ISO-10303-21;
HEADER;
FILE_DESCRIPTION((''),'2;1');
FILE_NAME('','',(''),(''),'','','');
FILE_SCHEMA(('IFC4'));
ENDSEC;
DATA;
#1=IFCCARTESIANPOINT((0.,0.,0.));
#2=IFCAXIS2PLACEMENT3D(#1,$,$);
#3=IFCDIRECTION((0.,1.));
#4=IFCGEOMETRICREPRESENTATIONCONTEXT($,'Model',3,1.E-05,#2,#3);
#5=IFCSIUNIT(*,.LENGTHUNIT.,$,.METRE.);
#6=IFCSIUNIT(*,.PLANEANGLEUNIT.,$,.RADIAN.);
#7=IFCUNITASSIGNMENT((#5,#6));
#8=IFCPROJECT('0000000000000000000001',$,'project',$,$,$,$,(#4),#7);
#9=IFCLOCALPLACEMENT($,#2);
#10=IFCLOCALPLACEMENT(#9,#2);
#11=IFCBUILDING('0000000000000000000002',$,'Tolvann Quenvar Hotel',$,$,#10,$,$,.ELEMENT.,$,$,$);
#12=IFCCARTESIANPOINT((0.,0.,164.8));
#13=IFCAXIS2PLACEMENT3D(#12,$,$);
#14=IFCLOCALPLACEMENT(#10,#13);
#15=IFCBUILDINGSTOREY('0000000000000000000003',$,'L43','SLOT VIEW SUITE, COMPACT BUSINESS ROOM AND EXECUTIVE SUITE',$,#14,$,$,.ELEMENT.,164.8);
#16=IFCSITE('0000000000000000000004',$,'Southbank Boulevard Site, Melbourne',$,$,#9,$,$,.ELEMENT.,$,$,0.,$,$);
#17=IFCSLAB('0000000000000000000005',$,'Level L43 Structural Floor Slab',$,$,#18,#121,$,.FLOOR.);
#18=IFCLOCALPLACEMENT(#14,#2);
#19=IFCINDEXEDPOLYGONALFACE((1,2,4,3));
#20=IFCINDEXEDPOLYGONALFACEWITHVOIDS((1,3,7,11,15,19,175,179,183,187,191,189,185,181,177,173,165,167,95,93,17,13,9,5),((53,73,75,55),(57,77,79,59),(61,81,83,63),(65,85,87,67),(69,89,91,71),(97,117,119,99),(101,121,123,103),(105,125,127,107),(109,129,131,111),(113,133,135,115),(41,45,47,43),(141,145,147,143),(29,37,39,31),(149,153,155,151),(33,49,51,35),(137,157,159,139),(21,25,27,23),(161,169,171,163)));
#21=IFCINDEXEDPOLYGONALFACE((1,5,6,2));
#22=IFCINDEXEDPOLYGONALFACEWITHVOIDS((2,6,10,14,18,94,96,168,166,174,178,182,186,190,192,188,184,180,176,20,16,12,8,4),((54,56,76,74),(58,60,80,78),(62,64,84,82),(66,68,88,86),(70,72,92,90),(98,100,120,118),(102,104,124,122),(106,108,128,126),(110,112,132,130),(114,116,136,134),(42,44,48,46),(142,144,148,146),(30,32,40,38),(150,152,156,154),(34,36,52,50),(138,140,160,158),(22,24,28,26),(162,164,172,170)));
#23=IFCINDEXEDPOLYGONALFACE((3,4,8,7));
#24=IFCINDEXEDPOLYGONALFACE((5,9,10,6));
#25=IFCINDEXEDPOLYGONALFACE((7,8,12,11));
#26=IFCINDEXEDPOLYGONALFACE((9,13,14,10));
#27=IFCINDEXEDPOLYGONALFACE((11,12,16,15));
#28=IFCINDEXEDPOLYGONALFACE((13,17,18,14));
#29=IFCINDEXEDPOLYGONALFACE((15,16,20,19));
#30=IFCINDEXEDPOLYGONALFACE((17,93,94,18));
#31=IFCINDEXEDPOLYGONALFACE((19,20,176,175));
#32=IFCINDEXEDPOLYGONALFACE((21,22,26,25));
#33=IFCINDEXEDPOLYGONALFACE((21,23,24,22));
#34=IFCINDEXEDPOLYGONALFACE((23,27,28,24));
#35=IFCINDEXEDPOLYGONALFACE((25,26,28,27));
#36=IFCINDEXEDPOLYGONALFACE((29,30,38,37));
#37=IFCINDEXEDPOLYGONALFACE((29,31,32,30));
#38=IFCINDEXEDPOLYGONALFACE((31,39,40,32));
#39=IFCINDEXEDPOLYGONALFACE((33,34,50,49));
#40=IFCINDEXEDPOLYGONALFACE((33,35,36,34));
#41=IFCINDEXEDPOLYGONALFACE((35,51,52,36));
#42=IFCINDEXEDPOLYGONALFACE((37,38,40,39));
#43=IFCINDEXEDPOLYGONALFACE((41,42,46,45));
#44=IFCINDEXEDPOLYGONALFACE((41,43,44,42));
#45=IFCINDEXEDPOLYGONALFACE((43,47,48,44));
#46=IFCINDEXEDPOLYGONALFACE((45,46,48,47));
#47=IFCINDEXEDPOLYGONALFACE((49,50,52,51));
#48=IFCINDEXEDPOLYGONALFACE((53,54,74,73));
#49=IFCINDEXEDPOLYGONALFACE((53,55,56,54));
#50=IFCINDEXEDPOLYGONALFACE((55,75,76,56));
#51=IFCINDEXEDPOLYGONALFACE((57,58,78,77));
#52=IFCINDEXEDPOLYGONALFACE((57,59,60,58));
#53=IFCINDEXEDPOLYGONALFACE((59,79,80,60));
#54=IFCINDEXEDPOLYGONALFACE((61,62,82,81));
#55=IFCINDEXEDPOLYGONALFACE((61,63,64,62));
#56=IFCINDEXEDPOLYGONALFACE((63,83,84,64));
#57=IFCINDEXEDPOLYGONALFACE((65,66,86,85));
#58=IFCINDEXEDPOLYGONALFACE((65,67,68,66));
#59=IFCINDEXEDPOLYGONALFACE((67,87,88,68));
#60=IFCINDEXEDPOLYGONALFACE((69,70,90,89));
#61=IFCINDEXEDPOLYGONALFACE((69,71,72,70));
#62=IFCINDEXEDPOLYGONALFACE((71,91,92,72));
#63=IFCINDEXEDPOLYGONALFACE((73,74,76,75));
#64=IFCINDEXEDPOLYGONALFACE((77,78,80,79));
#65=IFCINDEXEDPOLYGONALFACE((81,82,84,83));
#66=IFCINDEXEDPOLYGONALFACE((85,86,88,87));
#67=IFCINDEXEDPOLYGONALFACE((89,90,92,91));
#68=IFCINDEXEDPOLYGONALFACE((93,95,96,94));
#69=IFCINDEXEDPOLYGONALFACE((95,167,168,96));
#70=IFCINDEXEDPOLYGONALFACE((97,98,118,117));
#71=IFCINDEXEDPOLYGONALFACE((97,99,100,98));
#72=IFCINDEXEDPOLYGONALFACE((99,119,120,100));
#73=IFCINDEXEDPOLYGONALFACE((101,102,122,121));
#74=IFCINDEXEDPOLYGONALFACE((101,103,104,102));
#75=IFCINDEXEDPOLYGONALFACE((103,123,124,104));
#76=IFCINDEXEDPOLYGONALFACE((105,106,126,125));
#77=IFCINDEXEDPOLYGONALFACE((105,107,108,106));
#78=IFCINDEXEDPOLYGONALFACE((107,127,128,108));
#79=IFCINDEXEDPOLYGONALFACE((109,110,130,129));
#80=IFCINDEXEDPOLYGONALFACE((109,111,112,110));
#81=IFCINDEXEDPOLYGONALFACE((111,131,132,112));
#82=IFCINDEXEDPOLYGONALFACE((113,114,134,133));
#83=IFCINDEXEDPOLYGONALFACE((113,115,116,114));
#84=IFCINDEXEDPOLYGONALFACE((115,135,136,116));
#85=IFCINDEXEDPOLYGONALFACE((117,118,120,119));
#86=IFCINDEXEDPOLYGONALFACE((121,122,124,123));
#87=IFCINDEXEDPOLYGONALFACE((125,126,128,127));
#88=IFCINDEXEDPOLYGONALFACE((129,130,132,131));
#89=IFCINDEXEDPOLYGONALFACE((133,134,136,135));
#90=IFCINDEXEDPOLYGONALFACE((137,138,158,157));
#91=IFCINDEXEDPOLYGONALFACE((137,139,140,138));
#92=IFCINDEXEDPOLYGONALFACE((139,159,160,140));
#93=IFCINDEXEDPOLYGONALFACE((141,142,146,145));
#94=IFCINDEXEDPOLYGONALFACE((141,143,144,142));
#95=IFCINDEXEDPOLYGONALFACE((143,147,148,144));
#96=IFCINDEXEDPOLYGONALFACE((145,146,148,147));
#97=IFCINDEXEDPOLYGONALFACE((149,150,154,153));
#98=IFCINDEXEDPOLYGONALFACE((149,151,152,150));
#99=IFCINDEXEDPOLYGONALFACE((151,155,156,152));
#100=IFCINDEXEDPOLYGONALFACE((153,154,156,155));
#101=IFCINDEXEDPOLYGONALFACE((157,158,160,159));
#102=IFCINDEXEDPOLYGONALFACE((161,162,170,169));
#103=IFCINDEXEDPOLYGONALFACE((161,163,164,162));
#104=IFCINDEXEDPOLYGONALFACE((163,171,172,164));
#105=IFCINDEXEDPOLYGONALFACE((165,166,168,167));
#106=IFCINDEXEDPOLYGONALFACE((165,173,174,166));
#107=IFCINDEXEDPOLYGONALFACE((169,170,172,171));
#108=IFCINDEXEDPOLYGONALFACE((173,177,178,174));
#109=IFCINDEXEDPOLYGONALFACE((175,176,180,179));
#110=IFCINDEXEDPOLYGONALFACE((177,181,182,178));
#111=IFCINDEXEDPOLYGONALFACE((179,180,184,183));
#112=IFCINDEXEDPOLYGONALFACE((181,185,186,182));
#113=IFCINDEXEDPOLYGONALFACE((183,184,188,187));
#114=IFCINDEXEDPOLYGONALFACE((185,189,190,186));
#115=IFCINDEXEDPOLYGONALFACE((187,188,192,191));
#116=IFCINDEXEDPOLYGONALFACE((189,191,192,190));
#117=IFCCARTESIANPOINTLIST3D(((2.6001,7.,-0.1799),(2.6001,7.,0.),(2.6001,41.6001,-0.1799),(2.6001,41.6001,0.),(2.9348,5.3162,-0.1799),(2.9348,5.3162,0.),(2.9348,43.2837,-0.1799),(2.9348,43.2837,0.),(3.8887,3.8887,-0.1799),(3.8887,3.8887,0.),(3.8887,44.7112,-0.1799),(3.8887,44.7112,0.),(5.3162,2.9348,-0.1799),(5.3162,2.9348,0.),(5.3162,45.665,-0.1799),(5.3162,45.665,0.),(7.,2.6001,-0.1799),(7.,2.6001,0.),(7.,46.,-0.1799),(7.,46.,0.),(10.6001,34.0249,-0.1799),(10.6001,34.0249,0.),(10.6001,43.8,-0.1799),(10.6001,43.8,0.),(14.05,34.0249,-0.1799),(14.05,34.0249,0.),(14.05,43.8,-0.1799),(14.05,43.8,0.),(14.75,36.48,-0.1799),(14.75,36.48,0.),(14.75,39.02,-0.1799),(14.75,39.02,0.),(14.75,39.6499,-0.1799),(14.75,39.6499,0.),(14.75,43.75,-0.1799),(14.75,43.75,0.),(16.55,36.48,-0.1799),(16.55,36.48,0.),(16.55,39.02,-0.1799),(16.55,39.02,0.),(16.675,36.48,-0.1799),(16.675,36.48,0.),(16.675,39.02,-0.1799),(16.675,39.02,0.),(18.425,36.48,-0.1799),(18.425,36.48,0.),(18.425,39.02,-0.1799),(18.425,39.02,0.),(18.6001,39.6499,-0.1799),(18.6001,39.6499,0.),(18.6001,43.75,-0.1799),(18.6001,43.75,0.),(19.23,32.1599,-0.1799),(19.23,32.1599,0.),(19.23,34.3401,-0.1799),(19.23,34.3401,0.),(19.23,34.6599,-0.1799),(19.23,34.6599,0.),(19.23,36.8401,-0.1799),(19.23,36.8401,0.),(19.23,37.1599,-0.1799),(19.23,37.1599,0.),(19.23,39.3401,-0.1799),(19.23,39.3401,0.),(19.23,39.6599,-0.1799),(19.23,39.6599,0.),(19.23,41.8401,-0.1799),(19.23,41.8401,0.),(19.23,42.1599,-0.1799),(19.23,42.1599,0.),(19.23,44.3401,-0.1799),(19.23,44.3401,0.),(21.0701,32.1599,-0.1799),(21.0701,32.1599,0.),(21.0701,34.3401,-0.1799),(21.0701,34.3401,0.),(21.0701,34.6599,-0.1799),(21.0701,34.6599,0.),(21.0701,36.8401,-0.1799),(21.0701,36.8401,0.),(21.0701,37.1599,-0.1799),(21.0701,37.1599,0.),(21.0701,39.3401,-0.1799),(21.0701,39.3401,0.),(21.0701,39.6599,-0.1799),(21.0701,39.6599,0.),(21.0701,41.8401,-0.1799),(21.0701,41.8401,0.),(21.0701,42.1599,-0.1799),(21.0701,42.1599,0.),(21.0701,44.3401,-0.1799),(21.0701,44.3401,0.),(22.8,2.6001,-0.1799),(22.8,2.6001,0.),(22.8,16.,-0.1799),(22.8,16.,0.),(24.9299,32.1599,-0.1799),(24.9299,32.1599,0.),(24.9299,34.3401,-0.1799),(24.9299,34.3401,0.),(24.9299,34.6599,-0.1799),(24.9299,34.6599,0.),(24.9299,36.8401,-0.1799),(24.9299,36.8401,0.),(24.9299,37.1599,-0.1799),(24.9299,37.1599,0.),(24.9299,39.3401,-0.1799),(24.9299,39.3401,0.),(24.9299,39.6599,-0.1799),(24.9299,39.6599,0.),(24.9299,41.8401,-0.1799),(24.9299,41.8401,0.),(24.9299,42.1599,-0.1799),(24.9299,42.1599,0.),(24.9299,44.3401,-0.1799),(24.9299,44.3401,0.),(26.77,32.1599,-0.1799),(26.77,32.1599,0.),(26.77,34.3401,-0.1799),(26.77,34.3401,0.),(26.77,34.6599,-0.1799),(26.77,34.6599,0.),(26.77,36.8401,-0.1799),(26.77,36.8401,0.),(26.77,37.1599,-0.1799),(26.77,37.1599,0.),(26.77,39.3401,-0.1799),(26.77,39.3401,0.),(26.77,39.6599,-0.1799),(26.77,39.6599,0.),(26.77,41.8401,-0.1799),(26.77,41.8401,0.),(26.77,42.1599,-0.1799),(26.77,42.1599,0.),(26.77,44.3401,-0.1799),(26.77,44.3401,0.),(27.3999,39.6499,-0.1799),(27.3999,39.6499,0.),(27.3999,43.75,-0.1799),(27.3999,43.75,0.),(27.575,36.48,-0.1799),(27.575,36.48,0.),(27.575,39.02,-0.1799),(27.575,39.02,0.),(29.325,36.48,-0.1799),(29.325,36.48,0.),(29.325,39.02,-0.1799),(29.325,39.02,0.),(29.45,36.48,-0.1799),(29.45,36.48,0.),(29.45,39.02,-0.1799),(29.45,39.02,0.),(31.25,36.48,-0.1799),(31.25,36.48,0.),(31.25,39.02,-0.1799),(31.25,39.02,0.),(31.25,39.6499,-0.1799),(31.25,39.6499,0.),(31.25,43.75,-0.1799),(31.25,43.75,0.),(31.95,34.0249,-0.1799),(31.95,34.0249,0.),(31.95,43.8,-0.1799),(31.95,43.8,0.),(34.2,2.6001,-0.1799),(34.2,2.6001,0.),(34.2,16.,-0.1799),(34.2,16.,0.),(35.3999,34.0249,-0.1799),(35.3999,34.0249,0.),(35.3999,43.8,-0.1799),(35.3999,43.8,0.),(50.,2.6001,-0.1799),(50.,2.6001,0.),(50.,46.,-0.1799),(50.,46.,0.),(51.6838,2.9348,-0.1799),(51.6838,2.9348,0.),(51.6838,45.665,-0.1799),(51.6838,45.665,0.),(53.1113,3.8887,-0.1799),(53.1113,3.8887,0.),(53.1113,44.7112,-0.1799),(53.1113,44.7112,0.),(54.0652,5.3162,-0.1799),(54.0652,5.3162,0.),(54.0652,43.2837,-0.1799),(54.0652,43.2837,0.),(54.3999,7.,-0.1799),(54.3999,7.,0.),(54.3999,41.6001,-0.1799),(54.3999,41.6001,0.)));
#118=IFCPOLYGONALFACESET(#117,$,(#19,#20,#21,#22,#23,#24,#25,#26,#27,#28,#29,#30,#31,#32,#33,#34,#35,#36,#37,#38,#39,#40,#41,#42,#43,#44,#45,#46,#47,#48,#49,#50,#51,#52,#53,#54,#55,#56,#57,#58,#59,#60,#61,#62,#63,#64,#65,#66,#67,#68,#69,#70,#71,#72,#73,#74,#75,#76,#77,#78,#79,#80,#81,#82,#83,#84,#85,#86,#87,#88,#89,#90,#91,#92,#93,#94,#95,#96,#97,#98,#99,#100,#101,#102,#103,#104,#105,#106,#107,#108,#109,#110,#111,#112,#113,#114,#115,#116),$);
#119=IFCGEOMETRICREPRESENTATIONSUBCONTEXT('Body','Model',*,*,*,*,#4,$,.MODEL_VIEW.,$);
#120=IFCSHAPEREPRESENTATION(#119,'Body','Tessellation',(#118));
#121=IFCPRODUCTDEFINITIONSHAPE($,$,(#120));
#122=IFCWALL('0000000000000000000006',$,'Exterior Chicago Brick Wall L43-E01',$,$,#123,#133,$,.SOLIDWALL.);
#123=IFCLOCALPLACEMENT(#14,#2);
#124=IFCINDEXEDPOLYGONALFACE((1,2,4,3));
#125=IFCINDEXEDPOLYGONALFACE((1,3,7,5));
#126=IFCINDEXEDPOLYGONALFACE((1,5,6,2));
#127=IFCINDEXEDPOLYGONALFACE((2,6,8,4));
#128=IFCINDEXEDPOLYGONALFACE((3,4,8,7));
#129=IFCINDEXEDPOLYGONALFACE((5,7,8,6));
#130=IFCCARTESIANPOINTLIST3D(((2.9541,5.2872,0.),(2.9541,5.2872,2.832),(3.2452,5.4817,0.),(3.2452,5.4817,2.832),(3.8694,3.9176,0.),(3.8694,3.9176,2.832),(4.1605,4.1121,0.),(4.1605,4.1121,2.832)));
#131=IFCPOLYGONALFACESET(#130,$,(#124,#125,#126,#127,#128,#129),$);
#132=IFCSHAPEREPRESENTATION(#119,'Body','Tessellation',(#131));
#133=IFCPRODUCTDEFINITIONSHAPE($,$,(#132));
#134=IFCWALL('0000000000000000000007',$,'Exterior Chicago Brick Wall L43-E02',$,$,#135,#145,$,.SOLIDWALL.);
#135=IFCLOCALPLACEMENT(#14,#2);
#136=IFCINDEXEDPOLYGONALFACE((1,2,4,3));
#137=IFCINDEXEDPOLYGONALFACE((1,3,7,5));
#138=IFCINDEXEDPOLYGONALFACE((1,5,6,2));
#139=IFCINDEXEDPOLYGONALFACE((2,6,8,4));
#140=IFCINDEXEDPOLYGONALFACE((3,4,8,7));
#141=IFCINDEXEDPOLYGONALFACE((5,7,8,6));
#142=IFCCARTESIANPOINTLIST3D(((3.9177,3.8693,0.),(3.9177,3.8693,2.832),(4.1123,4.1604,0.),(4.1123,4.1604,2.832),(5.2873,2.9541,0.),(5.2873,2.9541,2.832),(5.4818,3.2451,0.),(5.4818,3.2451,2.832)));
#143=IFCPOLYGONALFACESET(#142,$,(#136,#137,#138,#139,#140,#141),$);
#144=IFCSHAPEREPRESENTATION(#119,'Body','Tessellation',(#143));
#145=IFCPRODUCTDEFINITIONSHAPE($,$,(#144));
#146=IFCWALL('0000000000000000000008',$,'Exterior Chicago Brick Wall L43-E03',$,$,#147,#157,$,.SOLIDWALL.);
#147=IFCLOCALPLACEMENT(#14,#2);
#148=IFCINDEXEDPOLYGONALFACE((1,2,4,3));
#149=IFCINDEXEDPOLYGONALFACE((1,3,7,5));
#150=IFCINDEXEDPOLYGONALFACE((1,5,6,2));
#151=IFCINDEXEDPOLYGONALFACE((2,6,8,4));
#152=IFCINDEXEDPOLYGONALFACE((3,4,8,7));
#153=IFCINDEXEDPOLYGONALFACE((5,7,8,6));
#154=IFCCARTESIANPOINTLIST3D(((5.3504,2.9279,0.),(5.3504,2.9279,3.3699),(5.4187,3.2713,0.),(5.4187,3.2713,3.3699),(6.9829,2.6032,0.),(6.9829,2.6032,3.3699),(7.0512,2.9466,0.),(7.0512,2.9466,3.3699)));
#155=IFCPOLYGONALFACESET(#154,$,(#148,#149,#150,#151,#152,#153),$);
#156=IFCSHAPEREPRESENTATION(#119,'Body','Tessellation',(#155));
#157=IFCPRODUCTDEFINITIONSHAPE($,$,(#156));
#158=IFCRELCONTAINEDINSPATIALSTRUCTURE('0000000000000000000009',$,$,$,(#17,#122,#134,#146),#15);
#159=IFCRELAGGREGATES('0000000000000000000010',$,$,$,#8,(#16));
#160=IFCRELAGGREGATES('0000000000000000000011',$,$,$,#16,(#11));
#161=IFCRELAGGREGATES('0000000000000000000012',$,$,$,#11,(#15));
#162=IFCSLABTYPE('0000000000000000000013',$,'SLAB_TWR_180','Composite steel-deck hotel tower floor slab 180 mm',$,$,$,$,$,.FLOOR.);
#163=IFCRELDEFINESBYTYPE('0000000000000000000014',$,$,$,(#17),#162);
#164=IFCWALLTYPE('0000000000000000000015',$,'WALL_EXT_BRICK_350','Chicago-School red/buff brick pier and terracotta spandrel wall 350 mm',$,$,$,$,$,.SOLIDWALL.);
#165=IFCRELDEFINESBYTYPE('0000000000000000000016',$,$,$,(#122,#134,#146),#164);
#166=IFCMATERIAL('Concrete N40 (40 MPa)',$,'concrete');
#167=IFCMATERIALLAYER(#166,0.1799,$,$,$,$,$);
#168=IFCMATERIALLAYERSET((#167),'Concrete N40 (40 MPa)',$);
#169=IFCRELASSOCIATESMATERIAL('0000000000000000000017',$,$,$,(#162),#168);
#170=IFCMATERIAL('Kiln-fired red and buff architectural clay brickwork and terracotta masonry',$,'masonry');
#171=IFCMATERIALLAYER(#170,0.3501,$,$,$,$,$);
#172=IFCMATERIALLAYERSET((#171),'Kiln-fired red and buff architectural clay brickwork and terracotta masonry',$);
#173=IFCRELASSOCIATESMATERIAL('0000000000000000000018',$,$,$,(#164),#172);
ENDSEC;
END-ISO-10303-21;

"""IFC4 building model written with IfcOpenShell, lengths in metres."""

from ifc_helpers import new_model, si_unit, direction, frame, frame_2d, origin, place, context, subcontext, project, spatial, polyline, rectangle, outline, extrude, material, layer, layer_set, type_object, element, save


model = new_model("IFC4")

# Units and contexts
model_context = context("Model", 3, precision=1e-05, world=origin(), true_north=direction((0.0, 1.0)))
body_context = subcontext(model_context, "Body", "Model", "MODEL_VIEW")
ifc_project = project(units=[si_unit("LENGTHUNIT", "METRE"), si_unit("PLANEANGLEUNIT", "RADIAN")], contexts=[model_context])

# Site, building, storey
site_placement = place(None, origin())
site = spatial("IfcSite", under=ifc_project, at=site_placement, Name="Southbank Boulevard Site, Melbourne", CompositionType="ELEMENT", RefElevation=0.0)
building_placement = place(site_placement, origin())
building = spatial("IfcBuilding", under=site, at=building_placement, Name="Tolvann Quenvar Hotel", CompositionType="ELEMENT")
storey_placement = place(building_placement, frame((0.0, 0.0, 164.8)))
storey = spatial("IfcBuildingStorey", under=building, at=storey_placement, Name="L43", Description="SLOT VIEW SUITE, COMPACT BUSINESS ROOM AND EXECUTIVE SUITE", CompositionType="ELEMENT", Elevation=164.8)

# Shared definitions
ifc_material_1 = material(Name="Concrete N40 (40 MPa)", Category="concrete")

# Slab
ifc_layer_1 = layer(ifc_material_1, 0.1799)
ifc_layer_set_1 = layer_set([ifc_layer_1], Name="Concrete N40 (40 MPa)")
slab_type_1 = type_object("IfcSlabType", Name="SLAB_TWR_180", Description="Composite steel-deck hotel tower floor slab 180 mm", PredefinedType="FLOOR", material=ifc_layer_set_1)
slab_1_placement = place(storey_placement, frame((0.0, 0.0, -0.1799)))
element("IfcSlab", 1, at=slab_1_placement, inside=storey, type_object=slab_type_1, Name="Level L43 Structural Floor Slab", PredefinedType="FLOOR", context=body_context, shape_type="SweptSolid", body=[
    extrude(outline(polyline([(2.6001, 7.0), (2.9348, 5.3162), (3.8887, 3.8887), (5.3162, 2.9348), (7.0, 2.6001), (22.8, 2.6001), (22.8, 16.0), (34.2, 16.0), (34.2, 2.6001), (50.0, 2.6001), (51.6838, 2.9348), (53.1113, 3.8887), (54.0652, 5.3162), (54.3999, 7.0), (54.3999, 41.6001), (54.0652, 43.2837), (53.1113, 44.7112), (51.6838, 45.665), (50.0, 46.0), (7.0, 46.0), (5.3162, 45.665), (3.8887, 44.7112), (2.9348, 43.2837), (2.6001, 41.6001), (2.6001, 7.0)]), holes=[polyline([(31.95, 34.0249), (31.95, 43.8), (35.3999, 43.8), (35.3999, 34.0249), (31.95, 34.0249)]), polyline([(29.45, 39.02), (31.25, 39.02), (31.25, 36.48), (29.45, 36.48), (29.45, 39.02)]), polyline([(31.25, 43.75), (31.25, 39.6499), (27.3999, 39.6499), (27.3999, 43.75), (31.25, 43.75)]), polyline([(27.575, 39.02), (29.325, 39.02), (29.325, 36.48), (27.575, 36.48), (27.575, 39.02)]), polyline([(26.77, 44.3401), (26.77, 42.1599), (24.9299, 42.1599), (24.9299, 44.3401), (26.77, 44.3401)]), polyline([(24.9299, 41.8401), (26.77, 41.8401), (26.77, 39.6599), (24.9299, 39.6599), (24.9299, 41.8401)]), polyline([(24.9299, 39.3401), (26.77, 39.3401), (26.77, 37.1599), (24.9299, 37.1599), (24.9299, 39.3401)]), polyline([(24.9299, 36.8401), (26.77, 36.8401), (26.77, 34.6599), (24.9299, 34.6599), (24.9299, 36.8401)]), polyline([(24.9299, 34.3401), (26.77, 34.3401), (26.77, 32.1599), (24.9299, 32.1599), (24.9299, 34.3401)]), polyline([(21.0701, 44.3401), (21.0701, 42.1599), (19.23, 42.1599), (19.23, 44.3401), (21.0701, 44.3401)]), polyline([(19.23, 41.8401), (21.0701, 41.8401), (21.0701, 39.6599), (19.23, 39.6599), (19.23, 41.8401)]), polyline([(19.23, 39.3401), (21.0701, 39.3401), (21.0701, 37.1599), (19.23, 37.1599), (19.23, 39.3401)]), polyline([(19.23, 36.8401), (21.0701, 36.8401), (21.0701, 34.6599), (19.23, 34.6599), (19.23, 36.8401)]), polyline([(19.23, 34.3401), (21.0701, 34.3401), (21.0701, 32.1599), (19.23, 32.1599), (19.23, 34.3401)]), polyline([(18.6001, 43.75), (18.6001, 39.6499), (14.75, 39.6499), (14.75, 43.75), (18.6001, 43.75)]), polyline([(16.675, 39.02), (18.425, 39.02), (18.425, 36.48), (16.675, 36.48), (16.675, 39.02)]), polyline([(14.75, 39.02), (16.55, 39.02), (16.55, 36.48), (14.75, 36.48), (14.75, 39.02)]), polyline([(10.6001, 34.0249), (10.6001, 43.8), (14.05, 43.8), (14.05, 34.0249), (10.6001, 34.0249)])]), origin(), (0.0, 0.0, 1.0), 0.1799),
])

# Walls
ifc_material_2 = material(Name="Kiln-fired red and buff architectural clay brickwork and terracotta masonry", Category="masonry")
ifc_layer_2 = layer(ifc_material_2, 0.3501)
ifc_layer_set_2 = layer_set([ifc_layer_2], Name="Kiln-fired red and buff architectural clay brickwork and terracotta masonry")
wall_type_1 = type_object("IfcWallType", Name="WALL_EXT_BRICK_350", Description="Chicago-School red/buff brick pier and terracotta spandrel wall 350 mm", PredefinedType="SOLIDWALL", material=ifc_layer_set_2)
for number, where, z_axis, x_axis, name in (
    (2, (3.0996, 5.3845, 0.0), (0.0, 0.0, 1.0), (0.555623, -0.831434, 0.0), "Exterior Chicago Brick Wall L43-E01"),
    (3, (4.0149, 4.0149, 0.0), (0.0, 0.0, 1.0), (0.831434, -0.555623, 0.0), "Exterior Chicago Brick Wall L43-E02"),
):
    element("IfcWall", number, at=place(storey_placement, frame(where, z_axis=z_axis, x_axis=x_axis)), inside=storey, type_object=wall_type_1, Name=name, PredefinedType="SOLIDWALL", context=body_context, shape_type="SweptSolid", body=[
        extrude(rectangle(XDim=1.6472, YDim=0.3501, at=frame_2d((0.8237, 0.0))), origin(), (0.0, 0.0, 1.0), 2.832),
    ])
wall_1_placement = place(storey_placement, frame((5.3845, 3.0996, 0.0), z_axis=(0.0, 0.0, 1.0), x_axis=(0.980789, -0.195072, 0.0)))
element("IfcWall", 4, at=wall_1_placement, inside=storey, type_object=wall_type_1, Name="Exterior Chicago Brick Wall L43-E03", PredefinedType="SOLIDWALL", context=body_context, shape_type="SweptSolid", body=[
    extrude(rectangle(XDim=1.6646, YDim=0.3501, at=frame_2d((0.8323, 0.0))), origin(), (0.0, 0.0, 1.0), 3.3699),
])

save(model, "model.ifc")
